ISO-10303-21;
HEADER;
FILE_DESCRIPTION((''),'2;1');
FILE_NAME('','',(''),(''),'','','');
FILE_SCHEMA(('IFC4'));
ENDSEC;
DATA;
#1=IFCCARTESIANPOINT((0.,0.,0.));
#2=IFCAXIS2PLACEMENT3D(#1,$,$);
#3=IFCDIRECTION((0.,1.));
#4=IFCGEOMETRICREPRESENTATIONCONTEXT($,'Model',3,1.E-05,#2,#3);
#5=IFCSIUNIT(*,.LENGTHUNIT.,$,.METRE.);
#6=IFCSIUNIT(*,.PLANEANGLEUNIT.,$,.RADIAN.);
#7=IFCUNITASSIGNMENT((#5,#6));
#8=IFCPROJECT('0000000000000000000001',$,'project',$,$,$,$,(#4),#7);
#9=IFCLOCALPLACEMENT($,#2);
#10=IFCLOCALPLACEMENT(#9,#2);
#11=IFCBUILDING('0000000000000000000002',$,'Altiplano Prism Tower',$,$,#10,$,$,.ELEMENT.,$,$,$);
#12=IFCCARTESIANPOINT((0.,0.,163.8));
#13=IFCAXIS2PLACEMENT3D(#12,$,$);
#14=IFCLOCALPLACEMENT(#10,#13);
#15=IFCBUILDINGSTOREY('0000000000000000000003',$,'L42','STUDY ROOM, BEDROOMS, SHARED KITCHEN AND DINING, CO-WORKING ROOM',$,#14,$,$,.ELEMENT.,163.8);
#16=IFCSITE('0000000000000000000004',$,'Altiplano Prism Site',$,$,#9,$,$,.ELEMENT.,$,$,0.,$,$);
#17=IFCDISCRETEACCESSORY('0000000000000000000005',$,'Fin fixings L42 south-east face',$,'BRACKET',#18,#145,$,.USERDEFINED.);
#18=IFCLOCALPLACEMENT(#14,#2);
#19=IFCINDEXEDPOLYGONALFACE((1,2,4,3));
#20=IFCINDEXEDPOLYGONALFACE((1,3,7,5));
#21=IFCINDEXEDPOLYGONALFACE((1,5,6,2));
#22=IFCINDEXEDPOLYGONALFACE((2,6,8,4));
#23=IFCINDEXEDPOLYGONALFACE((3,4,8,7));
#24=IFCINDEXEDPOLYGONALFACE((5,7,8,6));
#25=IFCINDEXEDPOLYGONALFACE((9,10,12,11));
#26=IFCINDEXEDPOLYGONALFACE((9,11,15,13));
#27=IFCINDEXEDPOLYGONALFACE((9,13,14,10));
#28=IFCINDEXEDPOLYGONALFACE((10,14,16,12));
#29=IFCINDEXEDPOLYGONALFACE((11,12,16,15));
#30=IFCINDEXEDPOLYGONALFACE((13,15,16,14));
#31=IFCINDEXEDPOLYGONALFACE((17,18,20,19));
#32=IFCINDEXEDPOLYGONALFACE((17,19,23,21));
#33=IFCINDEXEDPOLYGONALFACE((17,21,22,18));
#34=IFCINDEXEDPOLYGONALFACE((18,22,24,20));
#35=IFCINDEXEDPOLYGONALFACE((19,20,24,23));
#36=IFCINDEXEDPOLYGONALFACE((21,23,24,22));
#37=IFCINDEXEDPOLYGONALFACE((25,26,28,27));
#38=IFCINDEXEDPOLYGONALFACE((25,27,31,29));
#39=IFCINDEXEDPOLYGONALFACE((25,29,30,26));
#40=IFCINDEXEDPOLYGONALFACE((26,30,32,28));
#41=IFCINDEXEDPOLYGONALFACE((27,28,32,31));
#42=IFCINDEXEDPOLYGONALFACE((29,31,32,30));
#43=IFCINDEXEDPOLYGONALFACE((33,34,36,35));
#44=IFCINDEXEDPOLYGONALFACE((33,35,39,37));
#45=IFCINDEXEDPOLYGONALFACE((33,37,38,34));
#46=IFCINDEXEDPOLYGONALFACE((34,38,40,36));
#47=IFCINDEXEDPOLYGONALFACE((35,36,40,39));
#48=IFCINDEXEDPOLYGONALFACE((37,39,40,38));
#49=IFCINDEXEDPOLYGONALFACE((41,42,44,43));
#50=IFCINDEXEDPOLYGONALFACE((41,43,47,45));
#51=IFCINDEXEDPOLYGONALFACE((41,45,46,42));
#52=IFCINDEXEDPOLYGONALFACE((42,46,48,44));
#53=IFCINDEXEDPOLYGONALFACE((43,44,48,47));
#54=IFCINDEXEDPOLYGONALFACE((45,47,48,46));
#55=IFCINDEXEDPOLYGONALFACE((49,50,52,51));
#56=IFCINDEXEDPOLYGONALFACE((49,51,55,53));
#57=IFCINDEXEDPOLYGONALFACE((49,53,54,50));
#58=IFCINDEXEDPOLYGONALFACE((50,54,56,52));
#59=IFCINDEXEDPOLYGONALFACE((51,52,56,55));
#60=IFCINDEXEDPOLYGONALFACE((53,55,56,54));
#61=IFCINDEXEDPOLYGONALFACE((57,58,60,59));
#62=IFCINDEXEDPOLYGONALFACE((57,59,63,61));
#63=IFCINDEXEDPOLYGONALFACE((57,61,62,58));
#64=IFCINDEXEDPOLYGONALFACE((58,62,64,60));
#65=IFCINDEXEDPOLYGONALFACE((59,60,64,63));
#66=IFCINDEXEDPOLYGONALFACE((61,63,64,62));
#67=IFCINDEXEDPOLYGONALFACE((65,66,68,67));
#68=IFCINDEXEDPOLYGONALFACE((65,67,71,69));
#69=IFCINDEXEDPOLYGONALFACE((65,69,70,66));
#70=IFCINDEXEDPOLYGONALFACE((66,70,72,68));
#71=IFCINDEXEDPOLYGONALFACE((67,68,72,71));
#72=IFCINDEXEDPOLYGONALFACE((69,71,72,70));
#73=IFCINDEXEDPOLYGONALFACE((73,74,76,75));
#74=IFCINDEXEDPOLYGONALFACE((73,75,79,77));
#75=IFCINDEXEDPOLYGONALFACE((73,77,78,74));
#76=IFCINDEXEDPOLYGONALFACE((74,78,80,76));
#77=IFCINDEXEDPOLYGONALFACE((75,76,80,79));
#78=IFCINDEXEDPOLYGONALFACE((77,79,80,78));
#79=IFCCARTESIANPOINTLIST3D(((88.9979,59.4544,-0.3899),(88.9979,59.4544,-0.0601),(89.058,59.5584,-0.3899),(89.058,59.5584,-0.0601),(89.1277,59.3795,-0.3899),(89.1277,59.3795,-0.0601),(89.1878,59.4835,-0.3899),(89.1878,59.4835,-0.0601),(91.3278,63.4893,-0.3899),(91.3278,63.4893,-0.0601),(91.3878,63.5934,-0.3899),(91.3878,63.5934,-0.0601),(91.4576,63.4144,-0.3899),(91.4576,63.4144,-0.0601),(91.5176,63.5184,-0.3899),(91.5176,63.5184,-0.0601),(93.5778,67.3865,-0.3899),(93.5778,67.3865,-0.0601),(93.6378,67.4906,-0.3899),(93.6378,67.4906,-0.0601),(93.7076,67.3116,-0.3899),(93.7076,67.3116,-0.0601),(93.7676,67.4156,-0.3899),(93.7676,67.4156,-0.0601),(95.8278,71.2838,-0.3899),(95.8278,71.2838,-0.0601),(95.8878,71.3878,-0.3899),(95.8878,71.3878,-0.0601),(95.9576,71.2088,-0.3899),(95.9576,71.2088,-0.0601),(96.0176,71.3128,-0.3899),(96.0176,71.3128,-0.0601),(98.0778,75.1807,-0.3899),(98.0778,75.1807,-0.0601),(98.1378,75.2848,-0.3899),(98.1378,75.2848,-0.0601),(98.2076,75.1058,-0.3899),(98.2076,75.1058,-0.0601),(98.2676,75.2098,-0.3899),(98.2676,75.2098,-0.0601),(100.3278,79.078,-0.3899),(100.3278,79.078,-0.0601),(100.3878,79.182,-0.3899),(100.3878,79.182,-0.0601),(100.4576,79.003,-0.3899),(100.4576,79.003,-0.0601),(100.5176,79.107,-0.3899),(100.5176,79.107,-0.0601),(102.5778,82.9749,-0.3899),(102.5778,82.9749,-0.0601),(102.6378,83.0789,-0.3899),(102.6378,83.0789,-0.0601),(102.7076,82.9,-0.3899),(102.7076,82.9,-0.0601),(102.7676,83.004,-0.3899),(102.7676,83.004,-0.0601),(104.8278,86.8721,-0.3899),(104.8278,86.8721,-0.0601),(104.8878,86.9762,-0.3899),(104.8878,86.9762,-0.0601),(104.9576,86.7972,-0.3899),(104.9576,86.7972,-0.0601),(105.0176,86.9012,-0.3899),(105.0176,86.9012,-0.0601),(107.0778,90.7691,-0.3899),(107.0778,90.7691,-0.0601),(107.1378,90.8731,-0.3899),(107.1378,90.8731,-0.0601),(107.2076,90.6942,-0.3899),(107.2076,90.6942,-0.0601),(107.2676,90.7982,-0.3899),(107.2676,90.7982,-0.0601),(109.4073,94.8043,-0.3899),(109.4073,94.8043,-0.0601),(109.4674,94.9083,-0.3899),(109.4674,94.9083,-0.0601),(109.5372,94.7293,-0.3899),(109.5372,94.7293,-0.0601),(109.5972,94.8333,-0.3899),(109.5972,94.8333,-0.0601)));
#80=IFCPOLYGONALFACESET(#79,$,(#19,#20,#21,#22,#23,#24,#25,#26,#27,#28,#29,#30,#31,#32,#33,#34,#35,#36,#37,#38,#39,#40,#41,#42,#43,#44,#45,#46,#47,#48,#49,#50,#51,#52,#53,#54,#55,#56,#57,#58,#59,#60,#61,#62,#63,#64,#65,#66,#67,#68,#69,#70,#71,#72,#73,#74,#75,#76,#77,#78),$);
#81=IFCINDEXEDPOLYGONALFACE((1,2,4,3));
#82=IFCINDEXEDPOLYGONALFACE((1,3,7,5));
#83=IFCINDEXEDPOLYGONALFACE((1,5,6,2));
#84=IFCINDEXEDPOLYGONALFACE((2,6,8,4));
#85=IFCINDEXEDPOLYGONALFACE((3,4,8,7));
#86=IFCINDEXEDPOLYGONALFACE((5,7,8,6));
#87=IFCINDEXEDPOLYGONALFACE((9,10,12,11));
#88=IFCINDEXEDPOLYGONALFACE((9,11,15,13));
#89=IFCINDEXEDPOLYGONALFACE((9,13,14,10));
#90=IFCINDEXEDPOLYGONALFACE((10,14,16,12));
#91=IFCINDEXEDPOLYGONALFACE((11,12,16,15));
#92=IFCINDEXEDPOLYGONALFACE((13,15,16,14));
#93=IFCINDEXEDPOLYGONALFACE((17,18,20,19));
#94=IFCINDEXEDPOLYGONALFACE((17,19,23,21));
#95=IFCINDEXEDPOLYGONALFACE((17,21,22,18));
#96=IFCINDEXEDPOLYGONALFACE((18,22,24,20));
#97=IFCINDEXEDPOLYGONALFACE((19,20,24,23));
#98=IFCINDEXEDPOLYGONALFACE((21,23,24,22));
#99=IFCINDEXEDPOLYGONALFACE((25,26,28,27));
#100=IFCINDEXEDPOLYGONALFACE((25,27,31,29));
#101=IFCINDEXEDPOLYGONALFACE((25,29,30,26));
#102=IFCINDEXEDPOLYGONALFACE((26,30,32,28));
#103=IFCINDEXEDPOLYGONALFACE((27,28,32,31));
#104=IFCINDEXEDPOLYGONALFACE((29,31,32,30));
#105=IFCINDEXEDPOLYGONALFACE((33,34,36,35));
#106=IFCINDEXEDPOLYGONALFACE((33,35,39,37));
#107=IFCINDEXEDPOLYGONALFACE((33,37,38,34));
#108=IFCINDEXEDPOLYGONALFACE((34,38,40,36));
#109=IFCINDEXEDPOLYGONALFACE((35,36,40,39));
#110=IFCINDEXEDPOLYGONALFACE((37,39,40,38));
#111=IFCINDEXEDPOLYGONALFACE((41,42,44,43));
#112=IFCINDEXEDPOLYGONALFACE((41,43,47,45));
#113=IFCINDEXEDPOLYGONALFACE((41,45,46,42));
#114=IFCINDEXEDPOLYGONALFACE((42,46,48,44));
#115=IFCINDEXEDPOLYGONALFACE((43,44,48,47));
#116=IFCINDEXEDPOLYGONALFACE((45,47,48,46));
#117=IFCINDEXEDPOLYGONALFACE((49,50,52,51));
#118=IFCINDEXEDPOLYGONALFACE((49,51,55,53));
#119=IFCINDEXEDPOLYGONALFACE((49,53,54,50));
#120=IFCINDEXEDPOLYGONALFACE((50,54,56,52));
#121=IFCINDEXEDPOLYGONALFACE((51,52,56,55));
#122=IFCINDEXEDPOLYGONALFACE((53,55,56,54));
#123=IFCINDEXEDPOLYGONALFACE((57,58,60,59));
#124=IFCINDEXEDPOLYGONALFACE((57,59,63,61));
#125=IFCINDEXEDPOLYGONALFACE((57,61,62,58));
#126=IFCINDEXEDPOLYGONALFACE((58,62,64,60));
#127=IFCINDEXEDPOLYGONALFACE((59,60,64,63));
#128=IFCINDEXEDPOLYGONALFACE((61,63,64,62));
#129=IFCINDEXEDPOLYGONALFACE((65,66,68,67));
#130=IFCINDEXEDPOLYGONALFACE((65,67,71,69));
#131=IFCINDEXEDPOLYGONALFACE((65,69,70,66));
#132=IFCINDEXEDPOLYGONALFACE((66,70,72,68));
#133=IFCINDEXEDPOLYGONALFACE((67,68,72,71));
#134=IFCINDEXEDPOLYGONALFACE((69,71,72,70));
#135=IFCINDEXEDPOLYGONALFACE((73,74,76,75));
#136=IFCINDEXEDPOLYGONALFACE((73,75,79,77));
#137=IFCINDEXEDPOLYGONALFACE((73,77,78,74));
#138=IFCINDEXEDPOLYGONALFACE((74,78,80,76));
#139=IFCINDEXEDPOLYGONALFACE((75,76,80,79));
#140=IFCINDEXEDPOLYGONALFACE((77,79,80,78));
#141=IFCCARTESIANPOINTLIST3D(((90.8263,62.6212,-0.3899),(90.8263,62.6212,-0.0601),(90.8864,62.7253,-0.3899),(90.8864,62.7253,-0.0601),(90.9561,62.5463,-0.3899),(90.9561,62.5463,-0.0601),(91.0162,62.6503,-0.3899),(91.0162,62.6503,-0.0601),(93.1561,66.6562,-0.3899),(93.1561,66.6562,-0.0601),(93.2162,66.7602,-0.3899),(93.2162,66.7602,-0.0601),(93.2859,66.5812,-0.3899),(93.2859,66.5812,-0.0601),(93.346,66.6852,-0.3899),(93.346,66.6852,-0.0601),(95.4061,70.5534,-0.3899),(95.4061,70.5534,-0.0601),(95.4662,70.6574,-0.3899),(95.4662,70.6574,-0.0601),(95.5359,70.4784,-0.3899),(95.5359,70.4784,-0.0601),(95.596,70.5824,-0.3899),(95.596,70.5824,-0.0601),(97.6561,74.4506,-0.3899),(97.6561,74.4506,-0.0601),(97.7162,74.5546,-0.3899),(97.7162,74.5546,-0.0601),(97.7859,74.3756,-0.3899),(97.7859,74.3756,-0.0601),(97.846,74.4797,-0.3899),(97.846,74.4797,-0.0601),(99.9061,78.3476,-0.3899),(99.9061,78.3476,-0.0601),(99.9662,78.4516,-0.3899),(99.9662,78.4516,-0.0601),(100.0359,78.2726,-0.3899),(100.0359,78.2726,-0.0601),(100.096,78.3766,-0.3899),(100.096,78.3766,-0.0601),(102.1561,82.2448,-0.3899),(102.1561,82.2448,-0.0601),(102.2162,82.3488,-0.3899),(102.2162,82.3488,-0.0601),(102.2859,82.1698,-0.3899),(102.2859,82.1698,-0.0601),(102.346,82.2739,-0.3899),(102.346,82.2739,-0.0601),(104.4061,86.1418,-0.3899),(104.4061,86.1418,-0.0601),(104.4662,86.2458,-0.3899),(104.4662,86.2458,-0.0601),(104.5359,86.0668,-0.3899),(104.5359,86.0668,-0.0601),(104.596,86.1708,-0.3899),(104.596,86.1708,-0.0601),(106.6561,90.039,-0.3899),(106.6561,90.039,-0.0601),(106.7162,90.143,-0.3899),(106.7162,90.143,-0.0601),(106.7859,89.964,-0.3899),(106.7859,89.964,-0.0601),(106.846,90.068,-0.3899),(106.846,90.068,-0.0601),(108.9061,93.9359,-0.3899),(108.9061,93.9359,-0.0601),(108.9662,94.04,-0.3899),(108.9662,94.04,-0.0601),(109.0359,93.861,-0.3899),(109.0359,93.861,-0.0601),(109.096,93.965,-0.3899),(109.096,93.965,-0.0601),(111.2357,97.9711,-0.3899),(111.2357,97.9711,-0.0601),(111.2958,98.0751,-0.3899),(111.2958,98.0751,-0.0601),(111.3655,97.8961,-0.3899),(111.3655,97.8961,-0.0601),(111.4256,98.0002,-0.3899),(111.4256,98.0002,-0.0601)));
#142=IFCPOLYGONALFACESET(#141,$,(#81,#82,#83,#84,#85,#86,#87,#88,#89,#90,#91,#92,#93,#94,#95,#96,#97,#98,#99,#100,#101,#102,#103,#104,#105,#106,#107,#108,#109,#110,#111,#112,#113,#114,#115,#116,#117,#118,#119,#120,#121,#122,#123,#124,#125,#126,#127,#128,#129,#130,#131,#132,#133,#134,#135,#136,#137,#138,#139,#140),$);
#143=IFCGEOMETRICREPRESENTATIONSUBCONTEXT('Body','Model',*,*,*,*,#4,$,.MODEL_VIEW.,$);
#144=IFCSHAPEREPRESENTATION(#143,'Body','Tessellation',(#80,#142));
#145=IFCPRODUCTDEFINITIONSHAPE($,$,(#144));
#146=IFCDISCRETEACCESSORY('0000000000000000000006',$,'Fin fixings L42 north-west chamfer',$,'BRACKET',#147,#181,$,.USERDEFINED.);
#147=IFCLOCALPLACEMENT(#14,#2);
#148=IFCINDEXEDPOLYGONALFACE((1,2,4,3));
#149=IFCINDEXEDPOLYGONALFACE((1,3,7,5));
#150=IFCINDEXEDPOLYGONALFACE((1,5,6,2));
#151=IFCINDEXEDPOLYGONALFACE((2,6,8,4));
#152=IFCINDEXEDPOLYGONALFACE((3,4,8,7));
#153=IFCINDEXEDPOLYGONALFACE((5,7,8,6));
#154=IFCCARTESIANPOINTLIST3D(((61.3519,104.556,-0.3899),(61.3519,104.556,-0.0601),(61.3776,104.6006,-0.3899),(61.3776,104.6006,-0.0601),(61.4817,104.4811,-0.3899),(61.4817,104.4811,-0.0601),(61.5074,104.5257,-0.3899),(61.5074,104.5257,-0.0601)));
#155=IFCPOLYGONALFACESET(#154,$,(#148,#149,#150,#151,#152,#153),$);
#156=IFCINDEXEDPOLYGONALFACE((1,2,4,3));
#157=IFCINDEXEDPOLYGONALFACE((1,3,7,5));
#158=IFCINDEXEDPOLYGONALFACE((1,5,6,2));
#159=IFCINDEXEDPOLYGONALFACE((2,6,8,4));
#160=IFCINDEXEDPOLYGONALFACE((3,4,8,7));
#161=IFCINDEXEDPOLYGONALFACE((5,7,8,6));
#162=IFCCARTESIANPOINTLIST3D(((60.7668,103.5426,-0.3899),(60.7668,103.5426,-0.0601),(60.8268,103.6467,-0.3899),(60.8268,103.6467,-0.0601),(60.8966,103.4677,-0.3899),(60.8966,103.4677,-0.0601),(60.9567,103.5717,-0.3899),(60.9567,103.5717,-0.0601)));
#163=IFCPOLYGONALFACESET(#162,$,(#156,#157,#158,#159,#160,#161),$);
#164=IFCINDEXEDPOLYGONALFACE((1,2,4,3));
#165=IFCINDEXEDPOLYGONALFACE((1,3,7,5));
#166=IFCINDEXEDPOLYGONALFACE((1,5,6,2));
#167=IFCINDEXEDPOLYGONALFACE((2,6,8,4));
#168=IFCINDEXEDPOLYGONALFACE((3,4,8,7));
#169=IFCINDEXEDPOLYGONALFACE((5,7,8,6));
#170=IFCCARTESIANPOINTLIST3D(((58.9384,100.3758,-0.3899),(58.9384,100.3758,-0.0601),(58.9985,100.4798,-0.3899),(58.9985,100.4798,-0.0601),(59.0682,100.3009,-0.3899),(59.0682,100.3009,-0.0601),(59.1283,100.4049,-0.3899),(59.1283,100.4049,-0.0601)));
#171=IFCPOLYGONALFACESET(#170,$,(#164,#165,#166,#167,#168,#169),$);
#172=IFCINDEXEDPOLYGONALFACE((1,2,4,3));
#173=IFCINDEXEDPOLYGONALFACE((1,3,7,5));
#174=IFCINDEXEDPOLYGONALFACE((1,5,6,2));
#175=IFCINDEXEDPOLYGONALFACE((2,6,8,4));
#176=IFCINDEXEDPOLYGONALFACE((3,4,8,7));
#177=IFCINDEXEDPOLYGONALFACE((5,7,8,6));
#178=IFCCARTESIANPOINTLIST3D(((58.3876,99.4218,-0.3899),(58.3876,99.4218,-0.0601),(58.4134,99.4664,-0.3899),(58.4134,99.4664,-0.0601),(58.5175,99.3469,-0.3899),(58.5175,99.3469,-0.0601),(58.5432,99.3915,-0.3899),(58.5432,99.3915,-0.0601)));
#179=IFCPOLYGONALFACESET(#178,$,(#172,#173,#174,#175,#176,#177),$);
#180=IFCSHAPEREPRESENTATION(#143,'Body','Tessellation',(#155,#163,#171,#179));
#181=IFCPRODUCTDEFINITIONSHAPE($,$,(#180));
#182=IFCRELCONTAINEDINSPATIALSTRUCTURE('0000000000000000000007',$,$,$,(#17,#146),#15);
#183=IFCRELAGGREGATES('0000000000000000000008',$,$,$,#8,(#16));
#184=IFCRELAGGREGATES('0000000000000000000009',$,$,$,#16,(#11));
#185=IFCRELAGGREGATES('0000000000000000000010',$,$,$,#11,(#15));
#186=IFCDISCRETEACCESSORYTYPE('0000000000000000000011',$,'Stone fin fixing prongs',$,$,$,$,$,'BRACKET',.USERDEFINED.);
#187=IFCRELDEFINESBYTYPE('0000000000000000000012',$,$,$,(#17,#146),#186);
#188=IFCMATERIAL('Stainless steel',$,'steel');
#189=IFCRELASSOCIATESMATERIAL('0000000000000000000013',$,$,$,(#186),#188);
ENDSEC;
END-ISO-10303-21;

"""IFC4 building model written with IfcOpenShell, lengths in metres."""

from ifc_helpers import new_model, si_unit, direction, frame, origin, place, context, subcontext, project, spatial, polyline, outline, extrude, source, transform, mapped, material, type_object, element, save


model = new_model("IFC4")

# Units and contexts
model_context = context("Model", 3, precision=1e-05, world=origin(), true_north=direction((0.0, 1.0)))
body_context = subcontext(model_context, "Body", "Model", "MODEL_VIEW")
ifc_project = project(units=[si_unit("LENGTHUNIT", "METRE"), si_unit("PLANEANGLEUNIT", "RADIAN")], contexts=[model_context])

# Site, building, storey
site_placement = place(None, origin())
site = spatial("IfcSite", under=ifc_project, at=site_placement, Name="Altiplano Prism Site", CompositionType="ELEMENT", RefElevation=0.0)
building_placement = place(site_placement, origin())
building = spatial("IfcBuilding", under=site, at=building_placement, Name="Altiplano Prism Tower", CompositionType="ELEMENT")
storey_placement = place(building_placement, frame((0.0, 0.0, 163.8)))
storey = spatial("IfcBuildingStorey", under=building, at=storey_placement, Name="L42", Description="STUDY ROOM, BEDROOMS, SHARED KITCHEN AND DINING, CO-WORKING ROOM", CompositionType="ELEMENT", Elevation=163.8)

# Discrete accessories
ifc_material_1 = material(Name="Stainless steel", Category="steel")
discrete_accessory_type = type_object("IfcDiscreteAccessoryType", Name="Stone fin fixing prongs", ElementType="BRACKET", PredefinedType="USERDEFINED", material=ifc_material_1)
shared_shape_1 = source(origin(), body_context, "Body", "SweptSolid", [
    extrude(outline(polyline([(-1.8884, 0.0601), (-1.7683, 0.0601), (-1.7683, 0.3899), (-1.8884, 0.3899), (-1.8884, 0.0601)])), frame((0.0, 0.0, 0.0), z_axis=(0.0, -1.0, 0.0), x_axis=(1.0, 0.0, 0.0)), (0.0, 0.0, 1.0), 0.1499),
    extrude(outline(polyline([(1.7683, 0.0601), (1.8884, 0.0601), (1.8884, 0.3899), (1.7683, 0.3899), (1.7683, 0.0601)])), frame((0.0, 0.0, 0.0), z_axis=(0.0, -1.0, 0.0), x_axis=(1.0, 0.0, 0.0)), (0.0, 0.0, 1.0), 0.1499),
])
shared_shape_2 = source(origin(), body_context, "Body", "SweptSolid", [
    extrude(outline(polyline([(-1.8884, 0.0601), (-1.7683, 0.0601), (-1.7683, 0.3899), (-1.8884, 0.3899), (-1.8884, 0.0601)])), frame((0.0, 0.0, 0.0), z_axis=(0.0, -1.0, 0.0), x_axis=(1.0, 0.0, 0.0)), (0.0, 0.0, 1.0), 0.1499),
    extrude(outline(polyline([(1.7683, 0.0601), (1.8884, 0.0601), (1.8884, 0.3899), (1.7683, 0.3899), (1.7683, 0.0601)])), frame((0.0, 0.0, 0.0), z_axis=(0.0, -1.0, 0.0), x_axis=(1.0, 0.0, 0.0)), (0.0, 0.0, 1.0), 0.1499),
])
discrete_accessory_1_placement = place(storey_placement, origin())
element("IfcDiscreteAccessory", 1, at=discrete_accessory_1_placement, inside=storey, type_object=discrete_accessory_type, Name="Fin fixings L42 south-east face", ObjectType="BRACKET", PredefinedType="USERDEFINED", context=body_context, shape_type="MappedRepresentation", body=[
    mapped(shared_shape_1, transform((89.9421, 61.0898, -0.45), x_axis=(0.5, 0.866025, 0.0), y_axis=(-0.866025, 0.5, 0.0), z_axis=(0.0, 0.0, 1.0))),
    mapped(shared_shape_2, transform((92.272, 65.1248, -0.45), x_axis=(0.5, 0.866025, 0.0), y_axis=(-0.866025, 0.5, 0.0), z_axis=(0.0, 0.0, 1.0))),
    mapped(shared_shape_2, transform((94.522, 69.022, -0.45), x_axis=(0.5, 0.866025, 0.0), y_axis=(-0.866025, 0.5, 0.0), z_axis=(0.0, 0.0, 1.0))),
    mapped(shared_shape_2, transform((96.772, 72.9192, -0.45), x_axis=(0.5, 0.866025, 0.0), y_axis=(-0.866025, 0.5, 0.0), z_axis=(0.0, 0.0, 1.0))),
    mapped(shared_shape_2, transform((99.022, 76.8162, -0.45), x_axis=(0.5, 0.866025, 0.0), y_axis=(-0.866025, 0.5, 0.0), z_axis=(0.0, 0.0, 1.0))),
    mapped(shared_shape_2, transform((101.272, 80.7134, -0.45), x_axis=(0.5, 0.866025, 0.0), y_axis=(-0.866025, 0.5, 0.0), z_axis=(0.0, 0.0, 1.0))),
    mapped(shared_shape_2, transform((103.522, 84.6104, -0.45), x_axis=(0.5, 0.866025, 0.0), y_axis=(-0.866025, 0.5, 0.0), z_axis=(0.0, 0.0, 1.0))),
    mapped(shared_shape_2, transform((105.772, 88.5076, -0.45), x_axis=(0.5, 0.866025, 0.0), y_axis=(-0.866025, 0.5, 0.0), z_axis=(0.0, 0.0, 1.0))),
    mapped(shared_shape_2, transform((108.022, 92.4045, -0.45), x_axis=(0.5, 0.866025, 0.0), y_axis=(-0.866025, 0.5, 0.0), z_axis=(0.0, 0.0, 1.0))),
    mapped(shared_shape_1, transform((110.3516, 96.4397, -0.45), x_axis=(0.5, 0.866025, 0.0), y_axis=(-0.866025, 0.5, 0.0), z_axis=(0.0, 0.0, 1.0))),
])
shared_shape_3 = source(origin(), body_context, "Body", "SweptSolid", [
    extrude(outline(polyline([(-2.99, 0.0601), (-2.9385, 0.0601), (-2.9385, 0.3899), (-2.99, 0.3899), (-2.99, 0.0601)])), frame((0.0, 0.0, 0.0), z_axis=(0.0, -1.0, 0.0), x_axis=(1.0, 0.0, 0.0)), (0.0, 0.0, 1.0), 0.1499),
    extrude(outline(polyline([(-1.8884, 0.0601), (-1.7683, 0.0601), (-1.7683, 0.3899), (-1.8884, 0.3899), (-1.8884, 0.0601)])), frame((0.0, 0.0, 0.0), z_axis=(0.0, -1.0, 0.0), x_axis=(1.0, 0.0, 0.0)), (0.0, 0.0, 1.0), 0.1499),
    extrude(outline(polyline([(1.7683, 0.0601), (1.8884, 0.0601), (1.8884, 0.3899), (1.7683, 0.3899), (1.7683, 0.0601)])), frame((0.0, 0.0, 0.0), z_axis=(0.0, -1.0, 0.0), x_axis=(1.0, 0.0, 0.0)), (0.0, 0.0, 1.0), 0.1499),
    extrude(outline(polyline([(2.9385, 0.0601), (2.99, 0.0601), (2.99, 0.3899), (2.9385, 0.3899), (2.9385, 0.0601)])), frame((0.0, 0.0, 0.0), z_axis=(0.0, -1.0, 0.0), x_axis=(1.0, 0.0, 0.0)), (0.0, 0.0, 1.0), 0.1499),
])
discrete_accessory_2_placement = place(storey_placement, origin())
element("IfcDiscreteAccessory", 2, at=discrete_accessory_2_placement, inside=storey, type_object=discrete_accessory_type, Name="Fin fixings L42 north-west chamfer", ObjectType="BRACKET", PredefinedType="USERDEFINED", context=body_context, shape_type="MappedRepresentation", body=[
    mapped(shared_shape_3, transform((60.0125, 101.9363, -0.45), x_axis=(-0.5, -0.866025, 0.0), y_axis=(0.866025, -0.5, 0.0), z_axis=(0.0, 0.0, 1.0))),
])

save(model, "model.ifc")
